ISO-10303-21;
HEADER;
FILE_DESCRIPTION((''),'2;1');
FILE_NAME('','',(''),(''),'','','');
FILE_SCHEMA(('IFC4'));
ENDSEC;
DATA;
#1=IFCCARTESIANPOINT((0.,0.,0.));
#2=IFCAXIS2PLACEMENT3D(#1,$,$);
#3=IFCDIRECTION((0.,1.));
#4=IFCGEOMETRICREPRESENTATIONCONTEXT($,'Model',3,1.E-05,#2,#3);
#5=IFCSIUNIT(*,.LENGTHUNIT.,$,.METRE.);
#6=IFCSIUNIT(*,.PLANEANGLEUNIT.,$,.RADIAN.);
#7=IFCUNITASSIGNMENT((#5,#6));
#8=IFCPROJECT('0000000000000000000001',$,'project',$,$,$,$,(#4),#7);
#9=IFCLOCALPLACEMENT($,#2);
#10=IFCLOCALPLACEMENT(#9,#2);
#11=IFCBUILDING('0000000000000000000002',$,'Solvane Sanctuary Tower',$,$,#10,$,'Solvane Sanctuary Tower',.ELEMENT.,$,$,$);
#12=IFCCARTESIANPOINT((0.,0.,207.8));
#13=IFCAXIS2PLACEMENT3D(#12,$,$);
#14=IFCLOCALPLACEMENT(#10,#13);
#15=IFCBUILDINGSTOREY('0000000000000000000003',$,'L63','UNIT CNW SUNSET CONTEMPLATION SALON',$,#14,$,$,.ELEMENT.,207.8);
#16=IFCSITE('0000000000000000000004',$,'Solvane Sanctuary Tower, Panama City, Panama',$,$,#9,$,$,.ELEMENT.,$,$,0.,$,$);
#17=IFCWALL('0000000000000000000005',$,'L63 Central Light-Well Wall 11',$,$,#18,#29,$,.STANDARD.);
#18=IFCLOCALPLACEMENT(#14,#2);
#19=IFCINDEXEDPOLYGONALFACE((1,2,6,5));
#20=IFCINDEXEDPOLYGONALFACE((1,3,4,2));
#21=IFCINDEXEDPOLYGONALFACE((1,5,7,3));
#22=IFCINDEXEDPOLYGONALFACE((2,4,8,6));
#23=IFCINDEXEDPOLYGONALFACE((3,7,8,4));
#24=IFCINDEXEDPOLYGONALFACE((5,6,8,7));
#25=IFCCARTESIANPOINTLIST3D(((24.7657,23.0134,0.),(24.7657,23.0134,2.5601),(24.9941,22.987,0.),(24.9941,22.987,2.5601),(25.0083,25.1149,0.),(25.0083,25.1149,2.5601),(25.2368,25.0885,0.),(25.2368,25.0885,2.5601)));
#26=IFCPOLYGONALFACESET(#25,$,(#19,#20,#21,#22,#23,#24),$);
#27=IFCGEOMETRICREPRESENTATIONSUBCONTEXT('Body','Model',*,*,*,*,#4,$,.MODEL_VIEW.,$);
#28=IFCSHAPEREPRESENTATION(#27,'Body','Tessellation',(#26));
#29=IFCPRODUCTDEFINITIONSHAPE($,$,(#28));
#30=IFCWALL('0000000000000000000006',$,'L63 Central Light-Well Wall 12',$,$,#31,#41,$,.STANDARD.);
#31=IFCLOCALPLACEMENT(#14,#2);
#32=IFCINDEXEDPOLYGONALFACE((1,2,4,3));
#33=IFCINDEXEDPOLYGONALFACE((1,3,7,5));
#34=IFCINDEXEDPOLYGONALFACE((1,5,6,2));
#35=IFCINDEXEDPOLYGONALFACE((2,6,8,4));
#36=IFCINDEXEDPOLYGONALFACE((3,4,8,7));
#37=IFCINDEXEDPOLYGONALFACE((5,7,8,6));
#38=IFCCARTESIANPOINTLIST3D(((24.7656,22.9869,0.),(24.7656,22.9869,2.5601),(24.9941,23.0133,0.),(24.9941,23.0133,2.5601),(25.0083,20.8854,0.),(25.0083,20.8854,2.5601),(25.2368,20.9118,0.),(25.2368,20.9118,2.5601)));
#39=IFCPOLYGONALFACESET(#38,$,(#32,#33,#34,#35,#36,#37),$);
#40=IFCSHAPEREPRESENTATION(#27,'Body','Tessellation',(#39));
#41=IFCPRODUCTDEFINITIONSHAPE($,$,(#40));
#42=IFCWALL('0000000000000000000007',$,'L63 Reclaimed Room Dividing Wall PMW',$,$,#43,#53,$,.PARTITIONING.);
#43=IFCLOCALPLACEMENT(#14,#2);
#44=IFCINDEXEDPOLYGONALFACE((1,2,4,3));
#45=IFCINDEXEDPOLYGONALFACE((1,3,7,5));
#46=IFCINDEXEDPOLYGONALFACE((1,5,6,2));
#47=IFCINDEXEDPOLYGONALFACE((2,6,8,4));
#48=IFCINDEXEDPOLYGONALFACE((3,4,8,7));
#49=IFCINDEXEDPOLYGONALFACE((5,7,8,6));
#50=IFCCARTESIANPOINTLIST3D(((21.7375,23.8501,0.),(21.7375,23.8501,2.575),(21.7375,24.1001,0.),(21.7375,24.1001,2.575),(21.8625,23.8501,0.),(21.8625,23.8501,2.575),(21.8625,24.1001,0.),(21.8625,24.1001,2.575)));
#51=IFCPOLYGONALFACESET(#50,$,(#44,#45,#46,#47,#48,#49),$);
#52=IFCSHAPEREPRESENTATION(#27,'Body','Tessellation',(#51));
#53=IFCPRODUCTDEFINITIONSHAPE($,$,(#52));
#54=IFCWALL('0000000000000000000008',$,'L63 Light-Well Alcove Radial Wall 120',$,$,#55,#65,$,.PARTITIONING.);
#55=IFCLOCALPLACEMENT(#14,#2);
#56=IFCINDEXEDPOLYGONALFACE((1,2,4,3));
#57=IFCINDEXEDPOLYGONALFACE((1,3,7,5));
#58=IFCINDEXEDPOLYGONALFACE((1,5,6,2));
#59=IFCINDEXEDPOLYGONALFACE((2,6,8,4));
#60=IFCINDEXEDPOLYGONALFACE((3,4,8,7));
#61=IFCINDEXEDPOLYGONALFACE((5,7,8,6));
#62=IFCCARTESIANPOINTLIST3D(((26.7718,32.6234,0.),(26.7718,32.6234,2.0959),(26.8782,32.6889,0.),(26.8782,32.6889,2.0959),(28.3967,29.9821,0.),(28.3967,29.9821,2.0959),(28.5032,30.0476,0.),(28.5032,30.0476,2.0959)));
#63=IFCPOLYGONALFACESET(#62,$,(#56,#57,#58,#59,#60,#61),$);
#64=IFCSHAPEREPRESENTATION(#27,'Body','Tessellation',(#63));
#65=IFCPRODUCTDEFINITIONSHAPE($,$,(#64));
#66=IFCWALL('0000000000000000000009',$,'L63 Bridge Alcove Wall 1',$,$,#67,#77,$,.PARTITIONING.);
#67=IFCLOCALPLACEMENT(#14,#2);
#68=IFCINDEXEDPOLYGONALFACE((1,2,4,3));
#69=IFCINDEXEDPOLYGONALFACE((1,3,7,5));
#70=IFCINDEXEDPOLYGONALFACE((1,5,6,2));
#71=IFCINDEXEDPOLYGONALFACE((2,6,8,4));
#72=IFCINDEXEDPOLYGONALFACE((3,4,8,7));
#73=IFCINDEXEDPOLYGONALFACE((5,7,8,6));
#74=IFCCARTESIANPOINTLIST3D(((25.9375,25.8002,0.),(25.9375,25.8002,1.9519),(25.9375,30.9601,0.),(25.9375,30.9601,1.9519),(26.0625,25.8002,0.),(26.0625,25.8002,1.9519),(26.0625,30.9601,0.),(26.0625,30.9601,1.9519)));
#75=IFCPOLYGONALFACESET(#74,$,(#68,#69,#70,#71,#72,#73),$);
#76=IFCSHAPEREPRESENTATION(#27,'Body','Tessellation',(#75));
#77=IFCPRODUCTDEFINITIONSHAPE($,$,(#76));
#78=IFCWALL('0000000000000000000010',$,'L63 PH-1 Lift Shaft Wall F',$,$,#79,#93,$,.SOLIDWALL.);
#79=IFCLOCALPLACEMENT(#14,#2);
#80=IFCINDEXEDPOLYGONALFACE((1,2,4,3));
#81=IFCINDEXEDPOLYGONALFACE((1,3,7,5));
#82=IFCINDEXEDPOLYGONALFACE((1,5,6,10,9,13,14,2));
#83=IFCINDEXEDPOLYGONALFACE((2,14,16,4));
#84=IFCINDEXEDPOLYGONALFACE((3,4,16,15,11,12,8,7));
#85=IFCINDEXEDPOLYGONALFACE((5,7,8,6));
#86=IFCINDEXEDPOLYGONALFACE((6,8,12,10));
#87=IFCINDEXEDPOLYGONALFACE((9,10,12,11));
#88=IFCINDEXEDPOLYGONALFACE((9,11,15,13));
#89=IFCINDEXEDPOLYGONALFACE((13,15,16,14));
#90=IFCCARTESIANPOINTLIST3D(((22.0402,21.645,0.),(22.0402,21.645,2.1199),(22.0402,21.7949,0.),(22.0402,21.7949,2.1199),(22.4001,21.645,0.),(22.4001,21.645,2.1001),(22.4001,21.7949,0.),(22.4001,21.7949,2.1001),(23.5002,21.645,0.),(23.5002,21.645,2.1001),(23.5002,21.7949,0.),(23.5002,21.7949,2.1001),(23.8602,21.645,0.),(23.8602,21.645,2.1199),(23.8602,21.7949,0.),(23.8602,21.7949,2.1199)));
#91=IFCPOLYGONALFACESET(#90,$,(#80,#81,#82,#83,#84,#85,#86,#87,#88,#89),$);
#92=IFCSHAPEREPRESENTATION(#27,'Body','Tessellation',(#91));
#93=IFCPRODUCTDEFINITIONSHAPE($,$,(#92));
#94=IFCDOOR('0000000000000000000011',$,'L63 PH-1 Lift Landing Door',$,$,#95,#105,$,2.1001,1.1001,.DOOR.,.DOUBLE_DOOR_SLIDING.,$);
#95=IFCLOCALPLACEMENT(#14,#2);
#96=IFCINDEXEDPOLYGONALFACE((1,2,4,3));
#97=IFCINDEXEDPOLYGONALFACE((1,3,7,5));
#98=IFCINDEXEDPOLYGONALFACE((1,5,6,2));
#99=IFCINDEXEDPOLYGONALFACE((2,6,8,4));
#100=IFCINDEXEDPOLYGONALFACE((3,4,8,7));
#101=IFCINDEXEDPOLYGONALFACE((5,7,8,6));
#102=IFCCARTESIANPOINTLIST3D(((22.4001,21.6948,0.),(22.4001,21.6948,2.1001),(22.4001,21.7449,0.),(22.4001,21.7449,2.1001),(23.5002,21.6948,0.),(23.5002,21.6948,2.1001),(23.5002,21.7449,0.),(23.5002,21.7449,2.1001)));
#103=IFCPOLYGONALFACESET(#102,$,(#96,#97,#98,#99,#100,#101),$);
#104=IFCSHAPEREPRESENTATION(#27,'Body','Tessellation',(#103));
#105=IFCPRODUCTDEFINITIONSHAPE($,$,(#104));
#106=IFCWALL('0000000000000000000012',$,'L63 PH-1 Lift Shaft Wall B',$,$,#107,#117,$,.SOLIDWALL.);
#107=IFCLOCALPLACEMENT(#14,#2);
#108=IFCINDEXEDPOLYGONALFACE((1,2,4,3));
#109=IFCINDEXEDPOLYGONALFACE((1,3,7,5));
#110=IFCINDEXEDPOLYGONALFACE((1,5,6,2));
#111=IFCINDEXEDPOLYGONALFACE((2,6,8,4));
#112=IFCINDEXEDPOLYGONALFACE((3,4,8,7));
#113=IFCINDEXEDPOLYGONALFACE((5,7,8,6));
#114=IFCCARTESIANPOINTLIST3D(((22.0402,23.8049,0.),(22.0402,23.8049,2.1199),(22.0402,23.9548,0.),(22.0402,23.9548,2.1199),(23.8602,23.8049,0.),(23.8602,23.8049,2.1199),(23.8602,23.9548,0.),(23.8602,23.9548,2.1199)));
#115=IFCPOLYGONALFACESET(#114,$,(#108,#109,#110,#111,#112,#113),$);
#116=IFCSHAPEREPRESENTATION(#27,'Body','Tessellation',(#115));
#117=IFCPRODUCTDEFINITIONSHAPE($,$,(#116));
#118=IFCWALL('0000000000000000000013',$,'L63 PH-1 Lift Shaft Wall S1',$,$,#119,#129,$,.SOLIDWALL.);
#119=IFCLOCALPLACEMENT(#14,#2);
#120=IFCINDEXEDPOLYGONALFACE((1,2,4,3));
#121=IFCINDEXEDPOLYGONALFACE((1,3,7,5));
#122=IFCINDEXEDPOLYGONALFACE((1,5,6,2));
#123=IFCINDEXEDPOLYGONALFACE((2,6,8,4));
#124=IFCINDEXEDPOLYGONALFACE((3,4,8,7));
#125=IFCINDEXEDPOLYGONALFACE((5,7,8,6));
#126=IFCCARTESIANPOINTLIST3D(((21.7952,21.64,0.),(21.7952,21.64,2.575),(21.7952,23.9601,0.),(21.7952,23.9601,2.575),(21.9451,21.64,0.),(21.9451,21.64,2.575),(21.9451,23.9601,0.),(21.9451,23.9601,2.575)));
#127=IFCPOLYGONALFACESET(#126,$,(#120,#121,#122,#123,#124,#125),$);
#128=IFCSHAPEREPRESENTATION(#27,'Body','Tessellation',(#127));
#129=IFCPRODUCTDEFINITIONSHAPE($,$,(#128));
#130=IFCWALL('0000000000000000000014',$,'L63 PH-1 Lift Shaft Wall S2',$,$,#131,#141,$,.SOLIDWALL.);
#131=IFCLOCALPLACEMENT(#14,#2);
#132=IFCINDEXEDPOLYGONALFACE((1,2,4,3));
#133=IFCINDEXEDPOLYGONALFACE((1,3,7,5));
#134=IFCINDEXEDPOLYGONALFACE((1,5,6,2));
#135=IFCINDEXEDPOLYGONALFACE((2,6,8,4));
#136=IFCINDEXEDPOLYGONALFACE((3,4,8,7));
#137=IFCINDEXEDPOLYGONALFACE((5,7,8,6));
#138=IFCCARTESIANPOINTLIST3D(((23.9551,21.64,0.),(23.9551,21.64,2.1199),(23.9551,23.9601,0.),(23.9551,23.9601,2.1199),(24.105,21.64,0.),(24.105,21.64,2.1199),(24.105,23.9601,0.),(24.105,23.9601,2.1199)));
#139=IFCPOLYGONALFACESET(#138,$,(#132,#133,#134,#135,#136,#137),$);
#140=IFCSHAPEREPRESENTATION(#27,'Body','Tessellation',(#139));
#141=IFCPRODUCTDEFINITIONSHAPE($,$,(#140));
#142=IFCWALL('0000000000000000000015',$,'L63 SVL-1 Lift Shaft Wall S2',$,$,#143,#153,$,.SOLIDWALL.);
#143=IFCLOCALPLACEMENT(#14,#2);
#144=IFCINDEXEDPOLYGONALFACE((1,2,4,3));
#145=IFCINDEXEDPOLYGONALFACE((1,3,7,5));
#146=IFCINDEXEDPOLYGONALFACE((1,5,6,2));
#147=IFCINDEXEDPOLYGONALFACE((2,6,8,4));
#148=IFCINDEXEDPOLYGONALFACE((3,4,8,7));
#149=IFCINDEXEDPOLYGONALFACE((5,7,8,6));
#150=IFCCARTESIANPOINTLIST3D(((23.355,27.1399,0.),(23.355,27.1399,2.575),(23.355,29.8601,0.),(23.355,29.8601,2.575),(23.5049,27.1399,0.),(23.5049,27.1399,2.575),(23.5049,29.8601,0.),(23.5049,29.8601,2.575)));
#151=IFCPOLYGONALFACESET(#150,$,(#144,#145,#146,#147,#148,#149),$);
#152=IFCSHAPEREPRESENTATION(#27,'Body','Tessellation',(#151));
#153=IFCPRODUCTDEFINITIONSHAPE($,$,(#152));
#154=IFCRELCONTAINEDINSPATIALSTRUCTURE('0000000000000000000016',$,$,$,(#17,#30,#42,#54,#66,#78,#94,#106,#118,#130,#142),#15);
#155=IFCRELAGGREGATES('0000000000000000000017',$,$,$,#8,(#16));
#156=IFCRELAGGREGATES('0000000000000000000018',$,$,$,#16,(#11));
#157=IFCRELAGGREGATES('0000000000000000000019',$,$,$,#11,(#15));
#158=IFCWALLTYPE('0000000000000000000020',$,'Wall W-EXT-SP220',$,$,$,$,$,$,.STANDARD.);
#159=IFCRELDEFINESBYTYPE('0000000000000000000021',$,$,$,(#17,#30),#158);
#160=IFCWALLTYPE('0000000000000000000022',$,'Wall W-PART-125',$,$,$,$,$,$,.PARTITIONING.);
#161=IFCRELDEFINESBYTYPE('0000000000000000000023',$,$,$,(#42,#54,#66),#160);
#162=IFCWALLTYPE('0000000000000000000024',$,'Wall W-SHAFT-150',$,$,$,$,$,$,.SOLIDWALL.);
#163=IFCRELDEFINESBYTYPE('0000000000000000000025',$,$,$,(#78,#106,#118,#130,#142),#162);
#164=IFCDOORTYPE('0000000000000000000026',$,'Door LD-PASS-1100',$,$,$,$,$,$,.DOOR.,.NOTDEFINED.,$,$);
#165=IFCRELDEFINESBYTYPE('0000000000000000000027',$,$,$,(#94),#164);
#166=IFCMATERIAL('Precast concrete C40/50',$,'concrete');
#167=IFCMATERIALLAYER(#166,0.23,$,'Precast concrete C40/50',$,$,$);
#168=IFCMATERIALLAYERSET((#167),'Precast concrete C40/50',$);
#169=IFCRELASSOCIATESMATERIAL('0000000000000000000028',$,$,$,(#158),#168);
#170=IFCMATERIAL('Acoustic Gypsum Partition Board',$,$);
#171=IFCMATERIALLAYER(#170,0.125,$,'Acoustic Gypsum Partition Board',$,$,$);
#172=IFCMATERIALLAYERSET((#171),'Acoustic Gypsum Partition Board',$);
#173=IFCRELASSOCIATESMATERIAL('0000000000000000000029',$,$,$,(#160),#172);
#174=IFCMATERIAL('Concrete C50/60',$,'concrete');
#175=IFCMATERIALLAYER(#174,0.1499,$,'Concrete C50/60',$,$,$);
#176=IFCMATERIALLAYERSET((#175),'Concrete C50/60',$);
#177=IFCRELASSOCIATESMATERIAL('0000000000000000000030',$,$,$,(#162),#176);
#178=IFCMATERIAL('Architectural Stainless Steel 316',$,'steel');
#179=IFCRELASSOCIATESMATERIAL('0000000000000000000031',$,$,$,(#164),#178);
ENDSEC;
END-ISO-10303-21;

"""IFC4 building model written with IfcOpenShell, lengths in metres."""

from ifc_helpers import new_model, si_unit, direction, frame, frame_2d, origin, place, context, subcontext, project, spatial, rectangle, extrude, material, layer, layer_set, type_object, element, fill, save


model = new_model("IFC4")

# Units and contexts
model_context = context("Model", 3, precision=1e-05, world=origin(), true_north=direction((0.0, 1.0)))
body_context = subcontext(model_context, "Body", "Model", "MODEL_VIEW")
ifc_project = project(units=[si_unit("LENGTHUNIT", "METRE"), si_unit("PLANEANGLEUNIT", "RADIAN")], contexts=[model_context])

# Site, building, storey
site_placement = place(None, origin())
site = spatial("IfcSite", under=ifc_project, at=site_placement, Name="Solvane Sanctuary Tower, Panama City, Panama", CompositionType="ELEMENT", RefElevation=0.0)
building_placement = place(site_placement, origin())
building = spatial("IfcBuilding", under=site, at=building_placement, Name="Solvane Sanctuary Tower", LongName="Solvane Sanctuary Tower", CompositionType="ELEMENT")
storey_placement = place(building_placement, frame((0.0, 0.0, 207.8)))
storey = spatial("IfcBuildingStorey", under=building, at=storey_placement, Name="L63", Description="UNIT CNW SUNSET CONTEMPLATION SALON", CompositionType="ELEMENT", Elevation=207.8)

# Shared definitions
ifc_material_1 = material(Name="Concrete C50/60", Category="concrete")

# Shared definitions
ifc_material_2 = material(Name="Acoustic Gypsum Partition Board")
ifc_material_3 = material(Name="Architectural Stainless Steel 316", Category="steel")

# Walls
ifc_material_4 = material(Name="Precast concrete C40/50", Category="concrete")
ifc_layer_1 = layer(ifc_material_4, 0.23, Name="Precast concrete C40/50")
ifc_layer_set_1 = layer_set([ifc_layer_1], Name="Precast concrete C40/50")
wall_type_1 = type_object("IfcWallType", Name="Wall W-EXT-SP220", PredefinedType="STANDARD", material=ifc_layer_set_1)
for number, where, z_axis, x_axis, name in (
    (1, (25.1226, 25.1016, 0.0), (0.0, 0.0, 1.0), (-0.114712, -0.993399, 0.0), "L63 Central Light-Well Wall 11"),
    (2, (24.8799, 23.0, 0.0), (0.0, 0.0, 1.0), (0.114712, -0.993399, 0.0), "L63 Central Light-Well Wall 12"),
):
    element("IfcWall", number, at=place(storey_placement, frame(where, z_axis=z_axis, x_axis=x_axis)), inside=storey, type_object=wall_type_1, Name=name, PredefinedType="STANDARD", context=body_context, shape_type="SweptSolid", body=[
        extrude(rectangle(XDim=2.1155, YDim=0.23, at=frame_2d((1.0576, 0.0))), origin(), (0.0, 0.0, 1.0), 2.5601),
    ])
ifc_layer_2 = layer(ifc_material_2, 0.125, Name="Acoustic Gypsum Partition Board")
ifc_layer_set_2 = layer_set([ifc_layer_2], Name="Acoustic Gypsum Partition Board")
wall_type_2 = type_object("IfcWallType", Name="Wall W-PART-125", PredefinedType="PARTITIONING", material=ifc_layer_set_2)
wall_1_placement = place(storey_placement, frame((21.8, 23.8501, 0.0), z_axis=(0.0, 0.0, 1.0), x_axis=(0.0, 1.0, 0.0)))
element("IfcWall", 3, at=wall_1_placement, inside=storey, type_object=wall_type_2, Name="L63 Reclaimed Room Dividing Wall PMW", PredefinedType="PARTITIONING", context=body_context, shape_type="SweptSolid", body=[
    extrude(rectangle(XDim=0.25, YDim=0.125, at=frame_2d((0.125, 0.0))), origin(), (0.0, 0.0, 1.0), 2.575),
])
wall_2_placement = place(storey_placement, frame((28.45, 30.0149, 0.0), z_axis=(0.0, 0.0, 1.0), x_axis=(-0.523992, 0.851723, 0.0)))
element("IfcWall", 4, at=wall_2_placement, inside=storey, type_object=wall_type_2, Name="L63 Light-Well Alcove Radial Wall 120", PredefinedType="PARTITIONING", context=body_context, shape_type="SweptSolid", body=[
    extrude(rectangle(XDim=3.1011, YDim=0.125, at=frame_2d((1.5505, 0.0))), origin(), (0.0, 0.0, 1.0), 2.0959),
])
wall_3_placement = place(storey_placement, frame((26.0, 25.8, 0.0), z_axis=(0.0, 0.0, 1.0), x_axis=(0.0, 1.0, 0.0)))
element("IfcWall", 5, at=wall_3_placement, inside=storey, type_object=wall_type_2, Name="L63 Bridge Alcove Wall 1", PredefinedType="PARTITIONING", context=body_context, shape_type="SweptSolid", body=[
    extrude(rectangle(XDim=5.1599, YDim=0.125, at=frame_2d((2.5801, 0.0))), origin(), (0.0, 0.0, 1.0), 1.9519),
])

# Wall, opening, door
ifc_layer_3 = layer(ifc_material_1, 0.1499, Name="Concrete C50/60")
ifc_layer_set_3 = layer_set([ifc_layer_3], Name="Concrete C50/60")
wall_type_3 = type_object("IfcWallType", Name="Wall W-SHAFT-150", PredefinedType="SOLIDWALL", material=ifc_layer_set_3)
wall_4_placement = place(storey_placement, frame((22.04, 21.72, 0.0), z_axis=(0.0, 0.0, 1.0), x_axis=(1.0, 0.0, 0.0)))
wall_4 = element("IfcWall", 6, at=wall_4_placement, inside=storey, type_object=wall_type_3, Name="L63 PH-1 Lift Shaft Wall F", PredefinedType="SOLIDWALL", context=body_context, shape_type="SweptSolid", body=[
    extrude(rectangle(XDim=1.8201, YDim=0.1499, at=frame_2d((0.9102, 0.0))), origin(), (0.0, 0.0, 1.0), 2.1199),
])
opening_1_placement = place(wall_4_placement, frame((0.3601, 0.0, 0.0)))
opening_1 = element("IfcOpeningElement", 7, at=opening_1_placement, cuts=wall_4, PredefinedType="OPENING", context=body_context, shape_type="SweptSolid", body=[
    extrude(rectangle(XDim=1.1001, YDim=2.1001, at=frame_2d((0.55, 1.05))), frame((0.0, 0.085, 0.0), z_axis=(0.0, -1.0, 0.0), x_axis=(1.0, 0.0, 0.0)), (0.0, 0.0, 1.0), 0.1699),
])
door_type_1 = type_object("IfcDoorType", Name="Door LD-PASS-1100", OperationType="NOTDEFINED", PredefinedType="DOOR", material=ifc_material_3)
door_1_placement = place(opening_1_placement, origin())
door_1 = element("IfcDoor", 8, at=door_1_placement, inside=storey, type_object=door_type_1, Name="L63 PH-1 Lift Landing Door", OperationType="DOUBLE_DOOR_SLIDING", OverallHeight=2.1001, OverallWidth=1.1001, PredefinedType="DOOR", context=body_context, shape_type="SweptSolid", body=[
    extrude(rectangle(XDim=1.1001, YDim=2.1001, at=frame_2d((0.55, 1.05))), frame((0.0, 0.0249, 0.0), z_axis=(0.0, -1.0, 0.0), x_axis=(1.0, 0.0, 0.0)), (0.0, 0.0, 1.0), 0.05),
])
fill(opening_1, door_1)

# Walls
wall_5_placement = place(storey_placement, frame((22.04, 23.8799, 0.0), z_axis=(0.0, 0.0, 1.0), x_axis=(1.0, 0.0, 0.0)))
element("IfcWall", 9, at=wall_5_placement, inside=storey, type_object=wall_type_3, Name="L63 PH-1 Lift Shaft Wall B", PredefinedType="SOLIDWALL", context=body_context, shape_type="SweptSolid", body=[
    extrude(rectangle(XDim=1.8201, YDim=0.1499, at=frame_2d((0.9102, 0.0))), origin(), (0.0, 0.0, 1.0), 2.1199),
])
wall_6_placement = place(storey_placement, frame((21.8701, 21.6399, 0.0), z_axis=(0.0, 0.0, 1.0), x_axis=(0.0, 1.0, 0.0)))
element("IfcWall", 10, at=wall_6_placement, inside=storey, type_object=wall_type_3, Name="L63 PH-1 Lift Shaft Wall S1", PredefinedType="SOLIDWALL", context=body_context, shape_type="SweptSolid", body=[
    extrude(rectangle(XDim=2.3201, YDim=0.1499, at=frame_2d((1.1602, 0.0))), origin(), (0.0, 0.0, 1.0), 2.575),
])
wall_7_placement = place(storey_placement, frame((24.03, 21.6399, 0.0), z_axis=(0.0, 0.0, 1.0), x_axis=(0.0, 1.0, 0.0)))
element("IfcWall", 11, at=wall_7_placement, inside=storey, type_object=wall_type_3, Name="L63 PH-1 Lift Shaft Wall S2", PredefinedType="SOLIDWALL", context=body_context, shape_type="SweptSolid", body=[
    extrude(rectangle(XDim=2.3201, YDim=0.1499, at=frame_2d((1.1602, 0.0))), origin(), (0.0, 0.0, 1.0), 2.1199),
])
wall_8_placement = place(storey_placement, frame((23.4299, 27.1399, 0.0), z_axis=(0.0, 0.0, 1.0), x_axis=(0.0, 1.0, 0.0)))
element("IfcWall", 12, at=wall_8_placement, inside=storey, type_object=wall_type_3, Name="L63 SVL-1 Lift Shaft Wall S2", PredefinedType="SOLIDWALL", context=body_context, shape_type="SweptSolid", body=[
    extrude(rectangle(XDim=2.7202, YDim=0.1499, at=frame_2d((1.3601, 0.0))), origin(), (0.0, 0.0, 1.0), 2.575),
])

save(model, "model.ifc")
